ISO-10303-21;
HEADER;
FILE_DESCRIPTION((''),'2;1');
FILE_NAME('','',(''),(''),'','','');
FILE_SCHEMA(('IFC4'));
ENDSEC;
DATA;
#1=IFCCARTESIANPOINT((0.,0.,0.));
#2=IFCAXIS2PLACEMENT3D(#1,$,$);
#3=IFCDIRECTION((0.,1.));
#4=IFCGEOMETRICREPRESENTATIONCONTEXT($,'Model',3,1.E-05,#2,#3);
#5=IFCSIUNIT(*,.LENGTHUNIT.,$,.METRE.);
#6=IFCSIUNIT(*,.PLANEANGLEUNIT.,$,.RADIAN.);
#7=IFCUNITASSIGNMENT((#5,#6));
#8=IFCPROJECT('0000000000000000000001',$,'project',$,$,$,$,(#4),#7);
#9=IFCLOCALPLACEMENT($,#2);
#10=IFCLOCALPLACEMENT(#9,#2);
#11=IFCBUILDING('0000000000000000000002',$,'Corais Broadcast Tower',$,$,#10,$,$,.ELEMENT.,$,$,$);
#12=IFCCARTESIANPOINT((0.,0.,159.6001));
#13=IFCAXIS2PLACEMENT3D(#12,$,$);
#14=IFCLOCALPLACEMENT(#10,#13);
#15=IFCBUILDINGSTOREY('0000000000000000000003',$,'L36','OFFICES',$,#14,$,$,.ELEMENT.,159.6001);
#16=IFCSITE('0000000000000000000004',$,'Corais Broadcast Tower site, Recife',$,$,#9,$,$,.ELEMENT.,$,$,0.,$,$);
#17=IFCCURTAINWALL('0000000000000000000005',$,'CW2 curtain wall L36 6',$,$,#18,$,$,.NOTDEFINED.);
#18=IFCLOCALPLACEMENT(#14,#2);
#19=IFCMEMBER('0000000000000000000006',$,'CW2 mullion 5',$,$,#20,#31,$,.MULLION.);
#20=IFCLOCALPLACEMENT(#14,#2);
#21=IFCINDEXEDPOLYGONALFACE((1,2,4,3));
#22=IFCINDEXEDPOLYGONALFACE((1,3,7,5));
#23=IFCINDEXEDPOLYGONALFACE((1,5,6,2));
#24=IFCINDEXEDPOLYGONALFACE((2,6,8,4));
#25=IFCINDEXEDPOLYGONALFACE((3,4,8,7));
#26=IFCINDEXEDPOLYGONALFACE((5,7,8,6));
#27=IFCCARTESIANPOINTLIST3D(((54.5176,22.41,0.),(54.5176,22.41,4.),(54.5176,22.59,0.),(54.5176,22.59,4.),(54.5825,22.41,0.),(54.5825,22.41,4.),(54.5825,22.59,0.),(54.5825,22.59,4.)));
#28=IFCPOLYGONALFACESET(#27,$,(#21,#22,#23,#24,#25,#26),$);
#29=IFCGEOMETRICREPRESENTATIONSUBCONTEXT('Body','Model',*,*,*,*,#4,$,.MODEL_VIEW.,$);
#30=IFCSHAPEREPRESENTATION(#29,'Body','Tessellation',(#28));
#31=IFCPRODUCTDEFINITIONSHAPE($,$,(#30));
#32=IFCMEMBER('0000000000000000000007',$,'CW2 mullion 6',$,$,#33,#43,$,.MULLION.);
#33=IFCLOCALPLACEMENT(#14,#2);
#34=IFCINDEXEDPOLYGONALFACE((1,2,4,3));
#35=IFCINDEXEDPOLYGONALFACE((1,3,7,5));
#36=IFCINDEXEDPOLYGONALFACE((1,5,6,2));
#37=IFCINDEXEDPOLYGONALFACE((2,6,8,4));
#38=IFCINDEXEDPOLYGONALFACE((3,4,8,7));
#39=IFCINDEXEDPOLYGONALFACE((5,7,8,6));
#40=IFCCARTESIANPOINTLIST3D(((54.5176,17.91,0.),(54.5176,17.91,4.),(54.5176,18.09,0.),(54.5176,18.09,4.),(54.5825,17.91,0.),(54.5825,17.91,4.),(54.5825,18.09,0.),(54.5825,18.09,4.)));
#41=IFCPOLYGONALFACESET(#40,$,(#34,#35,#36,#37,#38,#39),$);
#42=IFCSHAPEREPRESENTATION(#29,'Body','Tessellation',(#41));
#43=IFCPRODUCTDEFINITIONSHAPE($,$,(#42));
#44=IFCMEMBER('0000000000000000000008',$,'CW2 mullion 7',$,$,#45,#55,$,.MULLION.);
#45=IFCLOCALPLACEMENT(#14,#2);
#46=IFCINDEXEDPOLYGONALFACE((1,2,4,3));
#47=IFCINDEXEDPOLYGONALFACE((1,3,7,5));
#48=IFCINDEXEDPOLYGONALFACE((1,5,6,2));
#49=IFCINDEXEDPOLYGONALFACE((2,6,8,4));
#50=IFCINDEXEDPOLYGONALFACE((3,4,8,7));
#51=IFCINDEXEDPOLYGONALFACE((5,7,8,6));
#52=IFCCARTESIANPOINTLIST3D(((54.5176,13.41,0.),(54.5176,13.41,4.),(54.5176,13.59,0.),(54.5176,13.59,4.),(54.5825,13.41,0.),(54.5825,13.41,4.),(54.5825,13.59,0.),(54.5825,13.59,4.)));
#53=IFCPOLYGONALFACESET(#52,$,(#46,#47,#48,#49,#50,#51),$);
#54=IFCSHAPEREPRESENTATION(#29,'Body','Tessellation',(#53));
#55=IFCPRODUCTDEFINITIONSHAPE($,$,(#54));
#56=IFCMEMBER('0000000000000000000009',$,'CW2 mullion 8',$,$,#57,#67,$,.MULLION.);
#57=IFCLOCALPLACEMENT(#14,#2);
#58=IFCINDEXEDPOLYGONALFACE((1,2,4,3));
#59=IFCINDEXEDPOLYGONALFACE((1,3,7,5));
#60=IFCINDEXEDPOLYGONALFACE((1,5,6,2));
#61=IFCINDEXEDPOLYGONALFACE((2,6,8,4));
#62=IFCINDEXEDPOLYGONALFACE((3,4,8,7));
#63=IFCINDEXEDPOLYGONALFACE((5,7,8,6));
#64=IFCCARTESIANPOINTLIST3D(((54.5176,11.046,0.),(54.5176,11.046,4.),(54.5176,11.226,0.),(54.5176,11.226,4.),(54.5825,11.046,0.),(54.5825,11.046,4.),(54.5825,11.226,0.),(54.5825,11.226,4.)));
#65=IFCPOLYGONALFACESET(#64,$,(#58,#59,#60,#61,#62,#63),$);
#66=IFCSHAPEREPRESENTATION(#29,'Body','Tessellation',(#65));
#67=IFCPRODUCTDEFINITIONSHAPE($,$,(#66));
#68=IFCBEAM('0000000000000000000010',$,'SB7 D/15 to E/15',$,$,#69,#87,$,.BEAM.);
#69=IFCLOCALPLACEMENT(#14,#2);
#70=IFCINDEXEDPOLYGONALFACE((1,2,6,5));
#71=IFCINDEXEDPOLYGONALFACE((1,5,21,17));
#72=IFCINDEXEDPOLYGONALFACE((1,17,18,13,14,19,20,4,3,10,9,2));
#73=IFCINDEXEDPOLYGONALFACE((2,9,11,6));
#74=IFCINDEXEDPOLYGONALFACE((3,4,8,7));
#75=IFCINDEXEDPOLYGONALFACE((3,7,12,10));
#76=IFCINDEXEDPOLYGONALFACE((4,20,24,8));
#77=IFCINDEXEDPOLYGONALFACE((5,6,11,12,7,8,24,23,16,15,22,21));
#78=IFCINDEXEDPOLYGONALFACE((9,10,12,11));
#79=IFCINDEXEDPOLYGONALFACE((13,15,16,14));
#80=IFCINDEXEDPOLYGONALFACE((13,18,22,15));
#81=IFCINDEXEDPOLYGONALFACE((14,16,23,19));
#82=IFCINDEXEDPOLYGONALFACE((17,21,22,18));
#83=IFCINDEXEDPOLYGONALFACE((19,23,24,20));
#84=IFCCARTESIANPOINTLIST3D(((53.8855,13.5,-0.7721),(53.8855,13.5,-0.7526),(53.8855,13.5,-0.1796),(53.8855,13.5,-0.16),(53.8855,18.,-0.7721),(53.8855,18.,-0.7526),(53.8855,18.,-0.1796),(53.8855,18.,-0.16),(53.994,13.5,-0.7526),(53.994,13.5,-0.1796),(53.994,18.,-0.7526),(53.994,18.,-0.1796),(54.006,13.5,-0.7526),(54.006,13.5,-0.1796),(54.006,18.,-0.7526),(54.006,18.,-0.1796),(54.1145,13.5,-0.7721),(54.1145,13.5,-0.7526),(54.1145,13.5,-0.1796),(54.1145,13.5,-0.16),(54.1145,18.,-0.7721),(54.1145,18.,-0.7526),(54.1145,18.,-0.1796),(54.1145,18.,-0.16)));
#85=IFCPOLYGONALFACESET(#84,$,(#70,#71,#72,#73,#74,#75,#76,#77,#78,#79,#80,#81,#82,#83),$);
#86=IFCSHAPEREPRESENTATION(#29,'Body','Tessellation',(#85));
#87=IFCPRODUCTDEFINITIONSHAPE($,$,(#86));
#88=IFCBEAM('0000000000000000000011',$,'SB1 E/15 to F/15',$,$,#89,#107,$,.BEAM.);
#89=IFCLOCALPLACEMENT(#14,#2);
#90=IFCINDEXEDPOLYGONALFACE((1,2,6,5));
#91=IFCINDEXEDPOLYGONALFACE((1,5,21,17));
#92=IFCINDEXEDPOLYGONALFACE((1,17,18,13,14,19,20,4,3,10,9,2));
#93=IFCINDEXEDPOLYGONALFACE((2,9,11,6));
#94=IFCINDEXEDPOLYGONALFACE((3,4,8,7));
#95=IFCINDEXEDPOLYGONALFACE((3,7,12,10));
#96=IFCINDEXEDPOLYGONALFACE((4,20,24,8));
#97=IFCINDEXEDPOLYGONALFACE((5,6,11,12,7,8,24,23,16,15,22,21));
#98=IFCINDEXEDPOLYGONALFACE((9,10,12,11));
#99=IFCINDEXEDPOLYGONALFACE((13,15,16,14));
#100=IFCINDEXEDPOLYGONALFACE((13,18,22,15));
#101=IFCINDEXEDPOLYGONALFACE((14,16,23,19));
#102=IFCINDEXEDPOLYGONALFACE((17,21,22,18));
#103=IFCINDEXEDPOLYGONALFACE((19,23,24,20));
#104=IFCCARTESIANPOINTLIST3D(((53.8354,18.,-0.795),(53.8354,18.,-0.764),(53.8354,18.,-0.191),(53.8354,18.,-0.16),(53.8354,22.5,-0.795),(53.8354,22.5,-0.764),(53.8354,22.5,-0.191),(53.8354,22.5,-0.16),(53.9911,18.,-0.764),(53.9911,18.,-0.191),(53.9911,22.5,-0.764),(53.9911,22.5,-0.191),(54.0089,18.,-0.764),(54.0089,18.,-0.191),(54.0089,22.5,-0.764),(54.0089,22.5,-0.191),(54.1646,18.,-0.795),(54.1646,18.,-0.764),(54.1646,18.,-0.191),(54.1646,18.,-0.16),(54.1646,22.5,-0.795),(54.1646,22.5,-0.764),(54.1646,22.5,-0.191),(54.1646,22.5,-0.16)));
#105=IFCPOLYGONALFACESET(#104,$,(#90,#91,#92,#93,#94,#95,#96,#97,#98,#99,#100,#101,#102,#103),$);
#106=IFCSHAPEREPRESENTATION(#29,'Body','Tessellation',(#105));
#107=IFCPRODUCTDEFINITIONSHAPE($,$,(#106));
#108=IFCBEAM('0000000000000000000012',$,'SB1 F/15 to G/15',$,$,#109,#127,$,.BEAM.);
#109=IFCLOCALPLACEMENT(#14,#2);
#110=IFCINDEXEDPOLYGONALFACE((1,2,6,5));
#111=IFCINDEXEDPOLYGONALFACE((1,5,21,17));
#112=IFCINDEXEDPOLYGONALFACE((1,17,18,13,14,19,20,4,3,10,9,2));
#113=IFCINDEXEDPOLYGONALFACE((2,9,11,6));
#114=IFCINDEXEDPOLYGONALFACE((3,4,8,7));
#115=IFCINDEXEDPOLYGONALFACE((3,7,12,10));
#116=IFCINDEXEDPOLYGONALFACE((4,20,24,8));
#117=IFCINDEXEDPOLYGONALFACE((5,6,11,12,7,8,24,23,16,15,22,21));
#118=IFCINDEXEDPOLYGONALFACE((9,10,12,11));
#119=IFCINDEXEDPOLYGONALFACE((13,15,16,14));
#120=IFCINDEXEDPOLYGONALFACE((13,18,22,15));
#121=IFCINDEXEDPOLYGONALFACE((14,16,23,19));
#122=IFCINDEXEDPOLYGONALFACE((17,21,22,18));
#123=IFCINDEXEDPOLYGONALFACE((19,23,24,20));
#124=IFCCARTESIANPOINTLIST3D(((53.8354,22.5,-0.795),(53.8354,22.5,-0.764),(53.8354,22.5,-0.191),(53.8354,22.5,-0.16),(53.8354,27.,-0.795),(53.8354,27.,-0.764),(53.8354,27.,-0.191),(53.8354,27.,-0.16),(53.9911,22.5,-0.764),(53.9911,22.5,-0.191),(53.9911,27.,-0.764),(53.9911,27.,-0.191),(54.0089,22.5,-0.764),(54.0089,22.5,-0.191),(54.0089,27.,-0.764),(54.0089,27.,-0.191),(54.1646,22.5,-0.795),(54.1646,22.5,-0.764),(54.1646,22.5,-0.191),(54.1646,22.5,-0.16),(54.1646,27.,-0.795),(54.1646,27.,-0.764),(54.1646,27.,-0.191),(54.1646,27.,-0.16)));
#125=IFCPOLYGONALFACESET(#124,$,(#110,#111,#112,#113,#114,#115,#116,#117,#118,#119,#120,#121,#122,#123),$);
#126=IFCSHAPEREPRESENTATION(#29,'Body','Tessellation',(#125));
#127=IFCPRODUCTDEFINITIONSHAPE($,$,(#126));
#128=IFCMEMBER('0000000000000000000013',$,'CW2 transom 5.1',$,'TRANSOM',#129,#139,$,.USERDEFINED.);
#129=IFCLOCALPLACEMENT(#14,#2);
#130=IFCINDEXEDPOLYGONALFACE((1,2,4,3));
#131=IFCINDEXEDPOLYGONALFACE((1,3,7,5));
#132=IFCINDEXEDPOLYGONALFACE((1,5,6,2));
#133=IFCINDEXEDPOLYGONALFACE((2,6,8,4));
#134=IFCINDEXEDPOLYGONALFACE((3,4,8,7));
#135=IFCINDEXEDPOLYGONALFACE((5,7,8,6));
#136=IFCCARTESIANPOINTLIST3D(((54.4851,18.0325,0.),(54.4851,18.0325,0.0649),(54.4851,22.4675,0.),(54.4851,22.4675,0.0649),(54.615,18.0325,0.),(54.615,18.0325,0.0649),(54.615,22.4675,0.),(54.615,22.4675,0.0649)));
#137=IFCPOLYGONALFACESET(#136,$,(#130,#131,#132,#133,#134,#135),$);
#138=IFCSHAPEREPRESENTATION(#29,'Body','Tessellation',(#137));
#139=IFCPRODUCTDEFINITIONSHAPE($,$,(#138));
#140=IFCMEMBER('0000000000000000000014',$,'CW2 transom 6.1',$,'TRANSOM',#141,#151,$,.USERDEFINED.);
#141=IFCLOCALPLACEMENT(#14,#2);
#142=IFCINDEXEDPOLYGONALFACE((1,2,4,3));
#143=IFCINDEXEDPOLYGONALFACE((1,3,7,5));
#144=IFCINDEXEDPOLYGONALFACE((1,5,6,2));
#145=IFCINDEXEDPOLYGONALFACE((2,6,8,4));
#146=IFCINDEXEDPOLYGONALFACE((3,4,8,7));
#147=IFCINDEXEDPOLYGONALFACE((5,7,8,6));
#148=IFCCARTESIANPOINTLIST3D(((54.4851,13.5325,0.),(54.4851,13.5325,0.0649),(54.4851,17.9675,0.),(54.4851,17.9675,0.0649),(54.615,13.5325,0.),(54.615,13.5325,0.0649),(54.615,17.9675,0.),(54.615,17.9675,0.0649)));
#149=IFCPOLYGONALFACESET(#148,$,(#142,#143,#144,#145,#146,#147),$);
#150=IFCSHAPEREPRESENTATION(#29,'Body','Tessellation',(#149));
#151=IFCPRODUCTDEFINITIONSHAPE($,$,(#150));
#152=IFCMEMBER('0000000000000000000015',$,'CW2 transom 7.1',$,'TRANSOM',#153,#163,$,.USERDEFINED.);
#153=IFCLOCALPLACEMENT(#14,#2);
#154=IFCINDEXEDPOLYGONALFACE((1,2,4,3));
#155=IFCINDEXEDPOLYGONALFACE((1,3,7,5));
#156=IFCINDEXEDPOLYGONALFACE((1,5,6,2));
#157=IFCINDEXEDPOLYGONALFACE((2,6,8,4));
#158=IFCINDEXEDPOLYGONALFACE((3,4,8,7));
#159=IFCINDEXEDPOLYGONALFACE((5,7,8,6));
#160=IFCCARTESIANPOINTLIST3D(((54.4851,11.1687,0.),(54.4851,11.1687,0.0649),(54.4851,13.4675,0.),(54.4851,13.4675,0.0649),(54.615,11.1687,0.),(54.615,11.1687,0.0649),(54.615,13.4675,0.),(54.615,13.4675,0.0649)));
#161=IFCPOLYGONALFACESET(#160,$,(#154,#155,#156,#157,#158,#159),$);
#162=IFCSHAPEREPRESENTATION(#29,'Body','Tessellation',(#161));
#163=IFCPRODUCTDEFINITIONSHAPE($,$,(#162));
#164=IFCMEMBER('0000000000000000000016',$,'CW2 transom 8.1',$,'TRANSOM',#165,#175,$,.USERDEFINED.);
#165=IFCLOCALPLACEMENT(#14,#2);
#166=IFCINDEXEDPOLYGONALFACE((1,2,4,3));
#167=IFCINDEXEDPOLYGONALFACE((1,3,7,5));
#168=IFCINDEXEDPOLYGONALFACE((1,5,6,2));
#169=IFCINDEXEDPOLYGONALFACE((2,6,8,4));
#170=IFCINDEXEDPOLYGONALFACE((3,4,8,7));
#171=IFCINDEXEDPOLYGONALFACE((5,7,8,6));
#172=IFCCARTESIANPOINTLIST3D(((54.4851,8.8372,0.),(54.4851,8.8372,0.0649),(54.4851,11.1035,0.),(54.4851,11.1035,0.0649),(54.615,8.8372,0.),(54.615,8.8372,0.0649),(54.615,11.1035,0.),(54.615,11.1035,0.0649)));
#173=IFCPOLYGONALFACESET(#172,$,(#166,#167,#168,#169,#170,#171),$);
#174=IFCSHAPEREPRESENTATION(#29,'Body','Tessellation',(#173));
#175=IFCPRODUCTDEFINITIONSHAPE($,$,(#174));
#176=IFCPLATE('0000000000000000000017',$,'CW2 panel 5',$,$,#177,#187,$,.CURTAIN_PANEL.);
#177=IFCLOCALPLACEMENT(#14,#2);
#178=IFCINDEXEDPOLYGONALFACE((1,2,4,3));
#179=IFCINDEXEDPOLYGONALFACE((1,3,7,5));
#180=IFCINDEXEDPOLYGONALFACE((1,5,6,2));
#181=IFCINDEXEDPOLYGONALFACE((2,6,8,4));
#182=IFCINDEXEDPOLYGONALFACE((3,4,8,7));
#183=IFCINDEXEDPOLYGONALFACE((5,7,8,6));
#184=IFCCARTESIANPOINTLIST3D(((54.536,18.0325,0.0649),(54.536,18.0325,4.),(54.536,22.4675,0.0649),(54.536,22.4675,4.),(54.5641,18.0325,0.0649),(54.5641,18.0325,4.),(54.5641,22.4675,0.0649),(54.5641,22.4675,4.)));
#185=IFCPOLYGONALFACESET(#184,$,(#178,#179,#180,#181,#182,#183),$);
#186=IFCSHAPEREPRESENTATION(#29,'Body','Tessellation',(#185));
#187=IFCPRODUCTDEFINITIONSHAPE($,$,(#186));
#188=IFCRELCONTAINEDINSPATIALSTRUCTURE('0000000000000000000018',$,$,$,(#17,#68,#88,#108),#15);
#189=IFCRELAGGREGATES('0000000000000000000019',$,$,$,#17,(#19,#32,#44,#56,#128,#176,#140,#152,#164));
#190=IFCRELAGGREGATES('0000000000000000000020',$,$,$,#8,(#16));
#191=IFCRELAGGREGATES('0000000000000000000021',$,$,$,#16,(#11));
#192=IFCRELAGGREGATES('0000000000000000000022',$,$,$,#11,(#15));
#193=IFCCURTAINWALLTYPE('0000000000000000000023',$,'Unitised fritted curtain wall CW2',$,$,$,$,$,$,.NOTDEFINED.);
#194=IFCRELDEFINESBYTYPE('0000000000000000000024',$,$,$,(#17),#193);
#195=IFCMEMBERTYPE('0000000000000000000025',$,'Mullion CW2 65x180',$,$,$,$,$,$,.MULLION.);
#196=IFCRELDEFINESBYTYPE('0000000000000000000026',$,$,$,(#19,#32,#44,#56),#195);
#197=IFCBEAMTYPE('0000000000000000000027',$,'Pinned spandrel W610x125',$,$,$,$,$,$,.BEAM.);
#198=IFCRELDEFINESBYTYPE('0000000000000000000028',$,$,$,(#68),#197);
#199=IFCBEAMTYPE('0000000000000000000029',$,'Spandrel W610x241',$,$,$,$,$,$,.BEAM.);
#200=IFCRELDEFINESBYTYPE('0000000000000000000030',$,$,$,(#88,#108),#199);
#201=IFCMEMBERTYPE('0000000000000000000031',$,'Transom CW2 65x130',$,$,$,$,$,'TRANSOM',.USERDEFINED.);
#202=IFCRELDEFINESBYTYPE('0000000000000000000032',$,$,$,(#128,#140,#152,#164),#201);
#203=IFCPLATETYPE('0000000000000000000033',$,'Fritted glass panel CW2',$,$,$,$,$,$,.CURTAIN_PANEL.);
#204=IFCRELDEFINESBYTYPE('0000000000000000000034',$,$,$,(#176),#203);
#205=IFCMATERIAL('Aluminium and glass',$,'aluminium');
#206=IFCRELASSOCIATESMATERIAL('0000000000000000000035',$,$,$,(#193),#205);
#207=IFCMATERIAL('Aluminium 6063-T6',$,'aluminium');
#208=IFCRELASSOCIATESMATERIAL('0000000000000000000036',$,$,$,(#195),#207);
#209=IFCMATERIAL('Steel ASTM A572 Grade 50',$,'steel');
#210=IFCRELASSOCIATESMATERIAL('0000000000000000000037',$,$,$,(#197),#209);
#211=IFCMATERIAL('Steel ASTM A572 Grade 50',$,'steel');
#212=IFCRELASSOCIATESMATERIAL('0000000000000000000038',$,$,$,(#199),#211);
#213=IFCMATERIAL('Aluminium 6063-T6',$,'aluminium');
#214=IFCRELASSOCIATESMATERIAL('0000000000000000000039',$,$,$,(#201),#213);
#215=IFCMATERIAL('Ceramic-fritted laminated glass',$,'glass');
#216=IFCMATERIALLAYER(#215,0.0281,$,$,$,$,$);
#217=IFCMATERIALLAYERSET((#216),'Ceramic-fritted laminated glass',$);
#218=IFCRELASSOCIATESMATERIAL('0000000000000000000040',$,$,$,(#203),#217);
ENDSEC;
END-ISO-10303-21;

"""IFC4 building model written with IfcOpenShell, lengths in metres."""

from ifc_helpers import new_model, si_unit, direction, frame, origin, origin_2d, place, context, subcontext, project, spatial, rectangle, i_section, extrude, material, layer, layer_set, material_profile, profile_set, type_object, element, aggregate, save


model = new_model("IFC4")

# Units and contexts
model_context = context("Model", 3, precision=1e-05, world=origin(), true_north=direction((0.0, 1.0)))
body_context = subcontext(model_context, "Body", "Model", "MODEL_VIEW")
ifc_project = project(units=[si_unit("LENGTHUNIT", "METRE"), si_unit("PLANEANGLEUNIT", "RADIAN")], contexts=[model_context])

# Site, building, storey
site_placement = place(None, origin())
site = spatial("IfcSite", under=ifc_project, at=site_placement, Name="Corais Broadcast Tower site, Recife", CompositionType="ELEMENT", RefElevation=0.0)
building_placement = place(site_placement, origin())
building = spatial("IfcBuilding", under=site, at=building_placement, Name="Corais Broadcast Tower", CompositionType="ELEMENT")
storey_placement = place(building_placement, frame((0.0, 0.0, 159.6001)))
storey = spatial("IfcBuildingStorey", under=building, at=storey_placement, Name="L36", Description="OFFICES", CompositionType="ELEMENT", Elevation=159.6001)

# Curtain wall, members
ifc_material_1 = material(Name="Aluminium and glass", Category="aluminium")
curtain_wall_type = type_object("IfcCurtainWallType", Name="Unitised fritted curtain wall CW2", PredefinedType="NOTDEFINED", material=ifc_material_1)
curtain_wall_placement = place(storey_placement, origin())
curtain_wall = element("IfcCurtainWall", 1, at=curtain_wall_placement, inside=storey, type_object=curtain_wall_type, Name="CW2 curtain wall L36 6", PredefinedType="NOTDEFINED")
ifc_material_2 = material(Name="Aluminium 6063-T6", Category="aluminium")
ifc_material_profile_1 = material_profile(ifc_material_2, rectangle(XDim=0.0649, YDim=0.1799, at=origin_2d()), Name="Mullion CW2 65x180")
ifc_profile_set_1 = profile_set([ifc_material_profile_1], Name="Aluminium 6063-T6")
member_type_1 = type_object("IfcMemberType", Name="Mullion CW2 65x180", PredefinedType="MULLION", material=ifc_profile_set_1)
member_1_placement = place(storey_placement, frame((54.55, 22.5, 0.0), z_axis=(0.0, 0.0, 1.0), x_axis=(1.0, 0.0, 0.0)))
member_1 = element("IfcMember", 2, at=member_1_placement, type_object=member_type_1, Name="CW2 mullion 5", PredefinedType="MULLION", context=body_context, shape_type="SweptSolid", body=[
    extrude(rectangle(XDim=0.0649, YDim=0.1799, at=origin_2d()), origin(), (0.0, 0.0, 1.0), 4.0),
])
member_2_placement = place(storey_placement, frame((54.55, 18.0, 0.0), z_axis=(0.0, 0.0, 1.0), x_axis=(1.0, 0.0, 0.0)))
member_2 = element("IfcMember", 3, at=member_2_placement, type_object=member_type_1, Name="CW2 mullion 6", PredefinedType="MULLION", context=body_context, shape_type="SweptSolid", body=[
    extrude(rectangle(XDim=0.0649, YDim=0.1799, at=origin_2d()), origin(), (0.0, 0.0, 1.0), 4.0),
])
member_3_placement = place(storey_placement, frame((54.55, 13.5, 0.0), z_axis=(0.0, 0.0, 1.0), x_axis=(1.0, 0.0, 0.0)))
member_3 = element("IfcMember", 4, at=member_3_placement, type_object=member_type_1, Name="CW2 mullion 7", PredefinedType="MULLION", context=body_context, shape_type="SweptSolid", body=[
    extrude(rectangle(XDim=0.0649, YDim=0.1799, at=origin_2d()), origin(), (0.0, 0.0, 1.0), 4.0),
])
member_4_placement = place(storey_placement, frame((54.55, 11.136, 0.0), z_axis=(0.0, 0.0, 1.0), x_axis=(1.0, 0.0, 0.0)))
member_4 = element("IfcMember", 5, at=member_4_placement, type_object=member_type_1, Name="CW2 mullion 8", PredefinedType="MULLION", context=body_context, shape_type="SweptSolid", body=[
    extrude(rectangle(XDim=0.0649, YDim=0.1799, at=origin_2d()), origin(), (0.0, 0.0, 1.0), 4.0),
])

# Beams
ifc_material_3 = material(Name="Steel ASTM A572 Grade 50", Category="steel")
ifc_material_profile_2 = material_profile(ifc_material_3, i_section(OverallWidth=0.229, OverallDepth=0.6121, WebThickness=0.012, FlangeThickness=0.0195, at=origin_2d()), Name="W610x125")
ifc_profile_set_2 = profile_set([ifc_material_profile_2], Name="Steel ASTM A572 Grade 50")
beam_type_1 = type_object("IfcBeamType", Name="Pinned spandrel W610x125", PredefinedType="BEAM", material=ifc_profile_set_2)
beam_1_placement = place(storey_placement, frame((54.0, 13.5, -0.4661), z_axis=(0.0, 1.0, 0.0), x_axis=(-1.0, 0.0, 0.0)))
element("IfcBeam", 6, at=beam_1_placement, inside=storey, type_object=beam_type_1, Name="SB7 D/15 to E/15", PredefinedType="BEAM", context=body_context, shape_type="SweptSolid", body=[
    extrude(i_section(OverallWidth=0.229, OverallDepth=0.6121, WebThickness=0.012, FlangeThickness=0.0195, at=origin_2d()), origin(), (0.0, 0.0, 1.0), 4.5),
])
ifc_material_4 = material(Name="Steel ASTM A572 Grade 50", Category="steel")
ifc_material_profile_3 = material_profile(ifc_material_4, i_section(OverallWidth=0.3291, OverallDepth=0.635, WebThickness=0.0178, FlangeThickness=0.031, at=origin_2d()), Name="W610x241")
ifc_profile_set_3 = profile_set([ifc_material_profile_3], Name="Steel ASTM A572 Grade 50")
beam_type_2 = type_object("IfcBeamType", Name="Spandrel W610x241", PredefinedType="BEAM", material=ifc_profile_set_3)
for number, where, z_axis, x_axis, name in (
    (7, (54.0, 18.0, -0.4775), (0.0, 1.0, 0.0), (-1.0, 0.0, 0.0), "SB1 E/15 to F/15"),
    (8, (54.0, 22.5, -0.4775), (0.0, 1.0, 0.0), (-1.0, 0.0, 0.0), "SB1 F/15 to G/15"),
):
    element("IfcBeam", number, at=place(storey_placement, frame(where, z_axis=z_axis, x_axis=x_axis)), inside=storey, type_object=beam_type_2, Name=name, PredefinedType="BEAM", context=body_context, shape_type="SweptSolid", body=[
        extrude(i_section(OverallWidth=0.3291, OverallDepth=0.635, WebThickness=0.0178, FlangeThickness=0.031, at=origin_2d()), origin(), (0.0, 0.0, 1.0), 4.5),
    ])

# Members
ifc_material_5 = material(Name="Aluminium 6063-T6", Category="aluminium")
ifc_material_profile_4 = material_profile(ifc_material_5, rectangle(XDim=0.1299, YDim=0.0649, at=origin_2d()), Name="Transom CW2 65x130")
ifc_profile_set_4 = profile_set([ifc_material_profile_4], Name="Aluminium 6063-T6")
member_type_2 = type_object("IfcMemberType", Name="Transom CW2 65x130", ElementType="TRANSOM", PredefinedType="USERDEFINED", material=ifc_profile_set_4)
member_5_placement = place(storey_placement, frame((54.55, 22.4675, 0.0325), z_axis=(0.0, -1.0, 0.0), x_axis=(1.0, 0.0, 0.0)))
member_5 = element("IfcMember", 9, at=member_5_placement, type_object=member_type_2, Name="CW2 transom 5.1", ObjectType="TRANSOM", PredefinedType="USERDEFINED", context=body_context, shape_type="SweptSolid", body=[
    extrude(rectangle(XDim=0.1299, YDim=0.0649, at=origin_2d()), origin(), (0.0, 0.0, 1.0), 4.4351),
])
member_6_placement = place(storey_placement, frame((54.55, 17.9675, 0.0325), z_axis=(0.0, -1.0, 0.0), x_axis=(1.0, 0.0, 0.0)))
member_6 = element("IfcMember", 10, at=member_6_placement, type_object=member_type_2, Name="CW2 transom 6.1", ObjectType="TRANSOM", PredefinedType="USERDEFINED", context=body_context, shape_type="SweptSolid", body=[
    extrude(rectangle(XDim=0.1299, YDim=0.0649, at=origin_2d()), origin(), (0.0, 0.0, 1.0), 4.4351),
])
member_7_placement = place(storey_placement, frame((54.55, 13.4675, 0.0325), z_axis=(0.0, -1.0, 0.0), x_axis=(1.0, 0.0, 0.0)))
member_7 = element("IfcMember", 11, at=member_7_placement, type_object=member_type_2, Name="CW2 transom 7.1", ObjectType="TRANSOM", PredefinedType="USERDEFINED", context=body_context, shape_type="SweptSolid", body=[
    extrude(rectangle(XDim=0.1299, YDim=0.0649, at=origin_2d()), origin(), (0.0, 0.0, 1.0), 2.2988),
])
member_8_placement = place(storey_placement, frame((54.55, 11.1035, 0.0325), z_axis=(0.0, -1.0, 0.0), x_axis=(1.0, 0.0, 0.0)))
member_8 = element("IfcMember", 12, at=member_8_placement, type_object=member_type_2, Name="CW2 transom 8.1", ObjectType="TRANSOM", PredefinedType="USERDEFINED", context=body_context, shape_type="SweptSolid", body=[
    extrude(rectangle(XDim=0.1299, YDim=0.0649, at=origin_2d()), origin(), (0.0, 0.0, 1.0), 2.2664),
])

# Plate
ifc_material_6 = material(Name="Ceramic-fritted laminated glass", Category="glass")
ifc_layer_1 = layer(ifc_material_6, 0.0281)
ifc_layer_set_1 = layer_set([ifc_layer_1], Name="Ceramic-fritted laminated glass")
plate_type_1 = type_object("IfcPlateType", Name="Fritted glass panel CW2", PredefinedType="CURTAIN_PANEL", material=ifc_layer_set_1)
plate_1_placement = place(storey_placement, frame((54.55, 20.25, 0.0649), z_axis=(0.0, 0.0, 1.0), x_axis=(0.0, -1.0, 0.0)))
plate_1 = element("IfcPlate", 13, at=plate_1_placement, type_object=plate_type_1, Name="CW2 panel 5", PredefinedType="CURTAIN_PANEL", context=body_context, shape_type="SweptSolid", body=[
    extrude(rectangle(XDim=4.4351, YDim=0.0281, at=origin_2d()), origin(), (0.0, 0.0, 1.0), 3.9351),
])
aggregate(curtain_wall, [member_1, member_2, member_3, member_4, member_5, plate_1, member_6, member_7, member_8])

save(model, "model.ifc")
